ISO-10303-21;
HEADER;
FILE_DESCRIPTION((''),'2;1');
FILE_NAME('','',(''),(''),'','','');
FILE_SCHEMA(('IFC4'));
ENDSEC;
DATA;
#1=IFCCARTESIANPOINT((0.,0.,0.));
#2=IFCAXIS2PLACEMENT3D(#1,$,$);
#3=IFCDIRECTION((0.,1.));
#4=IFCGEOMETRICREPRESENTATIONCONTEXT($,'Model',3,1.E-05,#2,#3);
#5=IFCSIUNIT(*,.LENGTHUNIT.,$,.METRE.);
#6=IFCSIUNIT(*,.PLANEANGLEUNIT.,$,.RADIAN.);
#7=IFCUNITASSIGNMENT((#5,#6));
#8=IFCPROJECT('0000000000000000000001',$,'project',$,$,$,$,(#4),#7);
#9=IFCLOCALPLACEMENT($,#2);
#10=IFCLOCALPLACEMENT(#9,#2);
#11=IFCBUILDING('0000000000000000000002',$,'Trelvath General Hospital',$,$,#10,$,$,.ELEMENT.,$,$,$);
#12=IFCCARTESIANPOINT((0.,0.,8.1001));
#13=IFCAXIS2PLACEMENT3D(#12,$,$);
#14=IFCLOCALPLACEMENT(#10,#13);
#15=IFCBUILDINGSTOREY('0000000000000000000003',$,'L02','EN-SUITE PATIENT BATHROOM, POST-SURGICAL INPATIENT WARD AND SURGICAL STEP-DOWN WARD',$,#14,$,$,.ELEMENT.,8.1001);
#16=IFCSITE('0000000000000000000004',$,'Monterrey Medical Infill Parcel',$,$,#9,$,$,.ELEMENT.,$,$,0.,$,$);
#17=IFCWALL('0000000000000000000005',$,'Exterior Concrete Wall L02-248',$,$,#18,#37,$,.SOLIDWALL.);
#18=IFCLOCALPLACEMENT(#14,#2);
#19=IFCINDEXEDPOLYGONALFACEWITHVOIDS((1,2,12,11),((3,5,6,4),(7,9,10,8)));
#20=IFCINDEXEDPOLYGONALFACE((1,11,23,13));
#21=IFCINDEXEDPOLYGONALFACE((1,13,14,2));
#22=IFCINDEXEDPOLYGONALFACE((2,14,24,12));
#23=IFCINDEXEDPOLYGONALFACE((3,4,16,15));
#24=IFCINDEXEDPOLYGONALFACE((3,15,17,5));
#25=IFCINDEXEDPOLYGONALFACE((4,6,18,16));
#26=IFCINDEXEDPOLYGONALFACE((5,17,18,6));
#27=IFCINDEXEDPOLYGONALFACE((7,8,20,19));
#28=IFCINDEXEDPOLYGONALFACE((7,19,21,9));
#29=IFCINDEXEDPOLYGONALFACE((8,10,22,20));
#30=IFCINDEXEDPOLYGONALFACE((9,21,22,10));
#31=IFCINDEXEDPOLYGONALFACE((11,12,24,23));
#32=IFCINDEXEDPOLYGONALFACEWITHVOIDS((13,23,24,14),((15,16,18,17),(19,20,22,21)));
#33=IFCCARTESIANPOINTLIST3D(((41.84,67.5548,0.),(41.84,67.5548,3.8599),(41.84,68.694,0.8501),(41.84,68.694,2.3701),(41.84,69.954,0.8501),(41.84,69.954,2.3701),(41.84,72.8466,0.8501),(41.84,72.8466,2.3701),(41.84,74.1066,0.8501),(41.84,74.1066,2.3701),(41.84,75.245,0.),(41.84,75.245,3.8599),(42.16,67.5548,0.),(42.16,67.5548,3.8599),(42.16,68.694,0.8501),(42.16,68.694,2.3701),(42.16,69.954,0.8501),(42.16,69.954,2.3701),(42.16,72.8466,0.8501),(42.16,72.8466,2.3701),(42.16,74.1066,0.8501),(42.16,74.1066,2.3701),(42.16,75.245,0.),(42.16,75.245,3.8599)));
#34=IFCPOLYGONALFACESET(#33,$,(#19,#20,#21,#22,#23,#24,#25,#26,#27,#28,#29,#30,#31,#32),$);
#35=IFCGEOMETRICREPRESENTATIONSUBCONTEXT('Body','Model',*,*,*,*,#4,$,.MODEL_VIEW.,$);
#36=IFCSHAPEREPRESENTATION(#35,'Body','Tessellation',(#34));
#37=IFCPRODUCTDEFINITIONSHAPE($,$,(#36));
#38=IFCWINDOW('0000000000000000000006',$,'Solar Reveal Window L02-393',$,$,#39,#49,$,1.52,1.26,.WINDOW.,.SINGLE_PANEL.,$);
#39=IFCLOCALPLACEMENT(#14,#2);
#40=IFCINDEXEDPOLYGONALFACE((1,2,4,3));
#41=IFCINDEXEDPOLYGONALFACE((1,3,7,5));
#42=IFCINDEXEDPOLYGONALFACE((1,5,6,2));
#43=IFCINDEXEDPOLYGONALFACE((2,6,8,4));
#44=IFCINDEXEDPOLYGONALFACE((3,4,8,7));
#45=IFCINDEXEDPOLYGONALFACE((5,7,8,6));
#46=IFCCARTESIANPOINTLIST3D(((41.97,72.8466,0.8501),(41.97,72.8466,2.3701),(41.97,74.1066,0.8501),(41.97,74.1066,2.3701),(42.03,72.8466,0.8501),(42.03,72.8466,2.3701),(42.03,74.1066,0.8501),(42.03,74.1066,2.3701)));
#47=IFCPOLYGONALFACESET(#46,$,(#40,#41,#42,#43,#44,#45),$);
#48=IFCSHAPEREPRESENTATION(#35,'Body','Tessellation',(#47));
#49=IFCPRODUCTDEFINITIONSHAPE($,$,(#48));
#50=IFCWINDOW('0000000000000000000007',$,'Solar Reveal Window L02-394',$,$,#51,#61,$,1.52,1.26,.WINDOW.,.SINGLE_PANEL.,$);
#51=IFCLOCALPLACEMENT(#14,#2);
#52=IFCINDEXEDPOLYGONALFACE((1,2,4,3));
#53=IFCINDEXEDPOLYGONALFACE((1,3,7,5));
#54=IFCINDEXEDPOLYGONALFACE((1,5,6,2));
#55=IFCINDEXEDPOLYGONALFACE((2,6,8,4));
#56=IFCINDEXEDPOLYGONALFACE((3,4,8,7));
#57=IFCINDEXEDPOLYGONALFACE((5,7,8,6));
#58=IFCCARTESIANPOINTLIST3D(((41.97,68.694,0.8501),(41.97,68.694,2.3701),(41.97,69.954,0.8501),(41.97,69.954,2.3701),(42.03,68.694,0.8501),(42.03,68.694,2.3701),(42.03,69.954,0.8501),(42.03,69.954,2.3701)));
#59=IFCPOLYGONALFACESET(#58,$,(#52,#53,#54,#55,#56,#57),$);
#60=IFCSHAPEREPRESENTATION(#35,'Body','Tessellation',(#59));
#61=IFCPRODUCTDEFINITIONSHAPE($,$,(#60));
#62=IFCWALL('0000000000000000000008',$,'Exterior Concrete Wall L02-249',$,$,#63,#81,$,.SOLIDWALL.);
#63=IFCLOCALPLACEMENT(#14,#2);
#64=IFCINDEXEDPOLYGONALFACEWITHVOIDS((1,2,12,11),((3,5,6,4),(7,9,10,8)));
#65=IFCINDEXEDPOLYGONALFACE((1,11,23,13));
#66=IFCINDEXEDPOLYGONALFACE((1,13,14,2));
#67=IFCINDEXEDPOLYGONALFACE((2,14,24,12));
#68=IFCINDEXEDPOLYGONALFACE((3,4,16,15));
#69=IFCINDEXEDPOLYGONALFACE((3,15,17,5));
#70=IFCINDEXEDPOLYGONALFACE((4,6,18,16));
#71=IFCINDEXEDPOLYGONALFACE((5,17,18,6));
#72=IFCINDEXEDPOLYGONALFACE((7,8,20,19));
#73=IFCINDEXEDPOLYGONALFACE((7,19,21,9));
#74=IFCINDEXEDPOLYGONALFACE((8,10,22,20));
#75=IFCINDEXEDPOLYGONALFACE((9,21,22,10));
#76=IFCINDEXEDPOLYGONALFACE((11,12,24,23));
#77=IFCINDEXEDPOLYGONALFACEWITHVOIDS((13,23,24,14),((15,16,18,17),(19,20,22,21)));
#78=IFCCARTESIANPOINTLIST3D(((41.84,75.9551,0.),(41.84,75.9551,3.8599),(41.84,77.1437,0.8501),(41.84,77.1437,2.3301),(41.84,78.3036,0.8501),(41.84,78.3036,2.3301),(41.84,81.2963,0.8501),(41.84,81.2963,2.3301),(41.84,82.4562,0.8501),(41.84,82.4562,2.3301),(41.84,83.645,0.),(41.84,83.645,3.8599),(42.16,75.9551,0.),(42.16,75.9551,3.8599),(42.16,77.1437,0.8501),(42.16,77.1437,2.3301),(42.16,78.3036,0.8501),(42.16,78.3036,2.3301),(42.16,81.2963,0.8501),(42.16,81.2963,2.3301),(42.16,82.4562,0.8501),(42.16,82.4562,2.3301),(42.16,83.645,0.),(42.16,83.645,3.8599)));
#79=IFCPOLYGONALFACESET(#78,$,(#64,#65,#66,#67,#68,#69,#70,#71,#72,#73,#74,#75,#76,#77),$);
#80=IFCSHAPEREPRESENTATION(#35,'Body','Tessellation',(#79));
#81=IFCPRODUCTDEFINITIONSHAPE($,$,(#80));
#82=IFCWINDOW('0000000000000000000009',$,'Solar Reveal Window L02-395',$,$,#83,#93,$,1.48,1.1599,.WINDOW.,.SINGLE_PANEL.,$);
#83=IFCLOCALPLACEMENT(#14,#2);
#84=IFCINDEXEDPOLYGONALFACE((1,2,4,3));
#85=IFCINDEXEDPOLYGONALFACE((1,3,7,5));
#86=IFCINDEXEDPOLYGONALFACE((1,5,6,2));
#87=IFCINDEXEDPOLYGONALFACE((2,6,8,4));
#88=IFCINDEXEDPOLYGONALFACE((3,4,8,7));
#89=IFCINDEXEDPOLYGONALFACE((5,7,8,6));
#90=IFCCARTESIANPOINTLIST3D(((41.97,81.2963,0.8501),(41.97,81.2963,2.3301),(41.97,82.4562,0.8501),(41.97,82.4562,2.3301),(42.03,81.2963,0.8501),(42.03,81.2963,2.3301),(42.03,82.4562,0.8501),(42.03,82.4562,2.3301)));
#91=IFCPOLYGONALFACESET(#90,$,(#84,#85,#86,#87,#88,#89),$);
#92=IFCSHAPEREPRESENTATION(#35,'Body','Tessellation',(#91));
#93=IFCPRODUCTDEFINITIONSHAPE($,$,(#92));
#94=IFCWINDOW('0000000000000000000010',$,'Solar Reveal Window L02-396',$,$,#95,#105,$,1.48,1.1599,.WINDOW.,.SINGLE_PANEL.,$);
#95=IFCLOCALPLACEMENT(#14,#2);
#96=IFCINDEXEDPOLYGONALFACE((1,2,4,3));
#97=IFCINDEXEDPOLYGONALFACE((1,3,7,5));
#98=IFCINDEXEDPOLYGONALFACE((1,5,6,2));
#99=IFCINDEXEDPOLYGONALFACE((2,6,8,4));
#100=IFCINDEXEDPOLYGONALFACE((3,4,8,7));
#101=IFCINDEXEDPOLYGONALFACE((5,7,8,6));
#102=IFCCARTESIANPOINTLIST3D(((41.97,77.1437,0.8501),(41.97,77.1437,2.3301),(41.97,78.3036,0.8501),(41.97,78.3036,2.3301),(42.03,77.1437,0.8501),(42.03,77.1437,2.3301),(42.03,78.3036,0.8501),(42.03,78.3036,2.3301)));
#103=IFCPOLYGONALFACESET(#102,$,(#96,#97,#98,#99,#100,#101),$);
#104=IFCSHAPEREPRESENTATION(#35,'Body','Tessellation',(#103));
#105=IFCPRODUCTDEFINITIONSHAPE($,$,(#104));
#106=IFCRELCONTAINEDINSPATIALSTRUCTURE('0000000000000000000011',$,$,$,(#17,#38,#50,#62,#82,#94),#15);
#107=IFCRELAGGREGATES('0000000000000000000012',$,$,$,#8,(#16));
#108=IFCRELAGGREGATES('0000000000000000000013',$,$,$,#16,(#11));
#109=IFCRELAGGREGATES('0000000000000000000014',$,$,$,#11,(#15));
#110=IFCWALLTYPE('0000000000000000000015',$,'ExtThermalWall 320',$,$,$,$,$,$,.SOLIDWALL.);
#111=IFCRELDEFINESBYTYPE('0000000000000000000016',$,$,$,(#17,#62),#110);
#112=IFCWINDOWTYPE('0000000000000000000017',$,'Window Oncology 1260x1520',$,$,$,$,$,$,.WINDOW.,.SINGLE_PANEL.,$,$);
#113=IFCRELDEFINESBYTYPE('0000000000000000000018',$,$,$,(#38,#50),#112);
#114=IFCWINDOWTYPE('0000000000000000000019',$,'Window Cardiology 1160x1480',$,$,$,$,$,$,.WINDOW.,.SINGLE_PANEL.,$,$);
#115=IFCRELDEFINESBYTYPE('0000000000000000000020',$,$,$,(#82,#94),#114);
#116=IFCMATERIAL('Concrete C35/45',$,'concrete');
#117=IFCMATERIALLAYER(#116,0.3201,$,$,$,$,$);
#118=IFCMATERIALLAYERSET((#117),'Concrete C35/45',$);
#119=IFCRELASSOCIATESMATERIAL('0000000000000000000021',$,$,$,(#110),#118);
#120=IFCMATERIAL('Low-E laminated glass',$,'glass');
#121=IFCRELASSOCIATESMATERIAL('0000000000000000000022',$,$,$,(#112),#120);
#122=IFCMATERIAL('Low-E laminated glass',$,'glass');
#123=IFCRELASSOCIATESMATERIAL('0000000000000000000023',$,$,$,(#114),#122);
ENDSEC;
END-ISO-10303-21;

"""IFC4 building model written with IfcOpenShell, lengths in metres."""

from ifc_helpers import new_model, si_unit, direction, frame, frame_2d, origin, place, context, subcontext, project, spatial, rectangle, extrude, material, layer, layer_set, type_object, element, fill, save


model = new_model("IFC4")

# Units and contexts
model_context = context("Model", 3, precision=1e-05, world=origin(), true_north=direction((0.0, 1.0)))
body_context = subcontext(model_context, "Body", "Model", "MODEL_VIEW")
ifc_project = project(units=[si_unit("LENGTHUNIT", "METRE"), si_unit("PLANEANGLEUNIT", "RADIAN")], contexts=[model_context])

# Site, building, storey
site_placement = place(None, origin())
site = spatial("IfcSite", under=ifc_project, at=site_placement, Name="Monterrey Medical Infill Parcel", CompositionType="ELEMENT", RefElevation=0.0)
building_placement = place(site_placement, origin())
building = spatial("IfcBuilding", under=site, at=building_placement, Name="Trelvath General Hospital", CompositionType="ELEMENT")
storey_placement = place(building_placement, frame((0.0, 0.0, 8.1001)))
storey = spatial("IfcBuildingStorey", under=building, at=storey_placement, Name="L02", Description="EN-SUITE PATIENT BATHROOM, POST-SURGICAL INPATIENT WARD AND SURGICAL STEP-DOWN WARD", CompositionType="ELEMENT", Elevation=8.1001)

# Walls, openings, windows
ifc_material_1 = material(Name="Concrete C35/45", Category="concrete")
ifc_layer = layer(ifc_material_1, 0.3201)
ifc_layer_set = layer_set([ifc_layer], Name="Concrete C35/45")
wall_type = type_object("IfcWallType", Name="ExtThermalWall 320", PredefinedType="SOLIDWALL", material=ifc_layer_set)
wall_1_placement = place(storey_placement, frame((42.0, 75.2451, 0.0), z_axis=(0.0, 0.0, 1.0), x_axis=(0.0, -1.0, 0.0)))
wall_1 = element("IfcWall", 1, at=wall_1_placement, inside=storey, type_object=wall_type, Name="Exterior Concrete Wall L02-248", PredefinedType="SOLIDWALL", context=body_context, shape_type="SweptSolid", body=[
    extrude(rectangle(XDim=7.6902, YDim=0.3201, at=frame_2d((3.8452, 0.0))), origin(), (0.0, 0.0, 1.0), 3.8599),
])
opening_1_placement = place(wall_1_placement, frame((1.1387, 0.0, 0.8501)))
opening_1 = element("IfcOpeningElement", 2, at=opening_1_placement, cuts=wall_1, PredefinedType="OPENING", context=body_context, shape_type="SweptSolid", body=[
    extrude(rectangle(XDim=1.26, YDim=1.52, at=frame_2d((0.6299, 0.76))), frame((0.0, 0.1699, 0.0), z_axis=(0.0, -1.0, 0.0), x_axis=(1.0, 0.0, 0.0)), (0.0, 0.0, 1.0), 0.3401),
])
opening_2_placement = place(wall_1_placement, frame((5.2913, 0.0, 0.8501)))
opening_2 = element("IfcOpeningElement", 3, at=opening_2_placement, cuts=wall_1, PredefinedType="OPENING", context=body_context, shape_type="SweptSolid", body=[
    extrude(rectangle(XDim=1.26, YDim=1.52, at=frame_2d((0.6299, 0.76))), frame((0.0, 0.1699, 0.0), z_axis=(0.0, -1.0, 0.0), x_axis=(1.0, 0.0, 0.0)), (0.0, 0.0, 1.0), 0.3401),
])
ifc_material_2 = material(Name="Low-E laminated glass", Category="glass")
window_type_1 = type_object("IfcWindowType", Name="Window Oncology 1260x1520", PartitioningType="SINGLE_PANEL", PredefinedType="WINDOW", material=ifc_material_2)
window_1_placement = place(opening_1_placement, origin())
window_1 = element("IfcWindow", 4, at=window_1_placement, inside=storey, type_object=window_type_1, Name="Solar Reveal Window L02-393", OverallHeight=1.52, OverallWidth=1.26, PartitioningType="SINGLE_PANEL", PredefinedType="WINDOW", context=body_context, shape_type="SweptSolid", body=[
    extrude(rectangle(XDim=1.26, YDim=1.52, at=frame_2d((0.6299, 0.76))), frame((0.0, 0.03, 0.0), z_axis=(0.0, -1.0, 0.0), x_axis=(1.0, 0.0, 0.0)), (0.0, 0.0, 1.0), 0.0601),
])
fill(opening_1, window_1)
window_2_placement = place(opening_2_placement, origin())
window_2 = element("IfcWindow", 5, at=window_2_placement, inside=storey, type_object=window_type_1, Name="Solar Reveal Window L02-394", OverallHeight=1.52, OverallWidth=1.26, PartitioningType="SINGLE_PANEL", PredefinedType="WINDOW", context=body_context, shape_type="SweptSolid", body=[
    extrude(rectangle(XDim=1.26, YDim=1.52, at=frame_2d((0.6299, 0.76))), frame((0.0, 0.03, 0.0), z_axis=(0.0, -1.0, 0.0), x_axis=(1.0, 0.0, 0.0)), (0.0, 0.0, 1.0), 0.0601),
])
fill(opening_2, window_2)
wall_2_placement = place(storey_placement, frame((42.0, 83.645, 0.0), z_axis=(0.0, 0.0, 1.0), x_axis=(0.0, -1.0, 0.0)))
wall_2 = element("IfcWall", 6, at=wall_2_placement, inside=storey, type_object=wall_type, Name="Exterior Concrete Wall L02-249", PredefinedType="SOLIDWALL", context=body_context, shape_type="SweptSolid", body=[
    extrude(rectangle(XDim=7.6899, YDim=0.3201, at=frame_2d((3.845, 0.0))), origin(), (0.0, 0.0, 1.0), 3.8599),
])
opening_3_placement = place(wall_2_placement, frame((1.1887, 0.0, 0.8501)))
opening_3 = element("IfcOpeningElement", 7, at=opening_3_placement, cuts=wall_2, PredefinedType="OPENING", context=body_context, shape_type="SweptSolid", body=[
    extrude(rectangle(XDim=1.1599, YDim=1.48, at=frame_2d((0.5801, 0.74))), frame((0.0, 0.1699, 0.0), z_axis=(0.0, -1.0, 0.0), x_axis=(1.0, 0.0, 0.0)), (0.0, 0.0, 1.0), 0.3401),
])
opening_4_placement = place(wall_2_placement, frame((5.3413, 0.0, 0.8501)))
opening_4 = element("IfcOpeningElement", 8, at=opening_4_placement, cuts=wall_2, PredefinedType="OPENING", context=body_context, shape_type="SweptSolid", body=[
    extrude(rectangle(XDim=1.1599, YDim=1.48, at=frame_2d((0.5801, 0.74))), frame((0.0, 0.1699, 0.0), z_axis=(0.0, -1.0, 0.0), x_axis=(1.0, 0.0, 0.0)), (0.0, 0.0, 1.0), 0.3401),
])
ifc_material_3 = material(Name="Low-E laminated glass", Category="glass")
window_type_2 = type_object("IfcWindowType", Name="Window Cardiology 1160x1480", PartitioningType="SINGLE_PANEL", PredefinedType="WINDOW", material=ifc_material_3)
window_3_placement = place(opening_3_placement, origin())
window_3 = element("IfcWindow", 9, at=window_3_placement, inside=storey, type_object=window_type_2, Name="Solar Reveal Window L02-395", OverallHeight=1.48, OverallWidth=1.1599, PartitioningType="SINGLE_PANEL", PredefinedType="WINDOW", context=body_context, shape_type="SweptSolid", body=[
    extrude(rectangle(XDim=1.1599, YDim=1.48, at=frame_2d((0.5801, 0.74))), frame((0.0, 0.03, 0.0), z_axis=(0.0, -1.0, 0.0), x_axis=(1.0, 0.0, 0.0)), (0.0, 0.0, 1.0), 0.0601),
])
fill(opening_3, window_3)
window_4_placement = place(opening_4_placement, origin())
window_4 = element("IfcWindow", 10, at=window_4_placement, inside=storey, type_object=window_type_2, Name="Solar Reveal Window L02-396", OverallHeight=1.48, OverallWidth=1.1599, PartitioningType="SINGLE_PANEL", PredefinedType="WINDOW", context=body_context, shape_type="SweptSolid", body=[
    extrude(rectangle(XDim=1.1599, YDim=1.48, at=frame_2d((0.5801, 0.74))), frame((0.0, 0.03, 0.0), z_axis=(0.0, -1.0, 0.0), x_axis=(1.0, 0.0, 0.0)), (0.0, 0.0, 1.0), 0.0601),
])
fill(opening_4, window_4)

save(model, "model.ifc")
